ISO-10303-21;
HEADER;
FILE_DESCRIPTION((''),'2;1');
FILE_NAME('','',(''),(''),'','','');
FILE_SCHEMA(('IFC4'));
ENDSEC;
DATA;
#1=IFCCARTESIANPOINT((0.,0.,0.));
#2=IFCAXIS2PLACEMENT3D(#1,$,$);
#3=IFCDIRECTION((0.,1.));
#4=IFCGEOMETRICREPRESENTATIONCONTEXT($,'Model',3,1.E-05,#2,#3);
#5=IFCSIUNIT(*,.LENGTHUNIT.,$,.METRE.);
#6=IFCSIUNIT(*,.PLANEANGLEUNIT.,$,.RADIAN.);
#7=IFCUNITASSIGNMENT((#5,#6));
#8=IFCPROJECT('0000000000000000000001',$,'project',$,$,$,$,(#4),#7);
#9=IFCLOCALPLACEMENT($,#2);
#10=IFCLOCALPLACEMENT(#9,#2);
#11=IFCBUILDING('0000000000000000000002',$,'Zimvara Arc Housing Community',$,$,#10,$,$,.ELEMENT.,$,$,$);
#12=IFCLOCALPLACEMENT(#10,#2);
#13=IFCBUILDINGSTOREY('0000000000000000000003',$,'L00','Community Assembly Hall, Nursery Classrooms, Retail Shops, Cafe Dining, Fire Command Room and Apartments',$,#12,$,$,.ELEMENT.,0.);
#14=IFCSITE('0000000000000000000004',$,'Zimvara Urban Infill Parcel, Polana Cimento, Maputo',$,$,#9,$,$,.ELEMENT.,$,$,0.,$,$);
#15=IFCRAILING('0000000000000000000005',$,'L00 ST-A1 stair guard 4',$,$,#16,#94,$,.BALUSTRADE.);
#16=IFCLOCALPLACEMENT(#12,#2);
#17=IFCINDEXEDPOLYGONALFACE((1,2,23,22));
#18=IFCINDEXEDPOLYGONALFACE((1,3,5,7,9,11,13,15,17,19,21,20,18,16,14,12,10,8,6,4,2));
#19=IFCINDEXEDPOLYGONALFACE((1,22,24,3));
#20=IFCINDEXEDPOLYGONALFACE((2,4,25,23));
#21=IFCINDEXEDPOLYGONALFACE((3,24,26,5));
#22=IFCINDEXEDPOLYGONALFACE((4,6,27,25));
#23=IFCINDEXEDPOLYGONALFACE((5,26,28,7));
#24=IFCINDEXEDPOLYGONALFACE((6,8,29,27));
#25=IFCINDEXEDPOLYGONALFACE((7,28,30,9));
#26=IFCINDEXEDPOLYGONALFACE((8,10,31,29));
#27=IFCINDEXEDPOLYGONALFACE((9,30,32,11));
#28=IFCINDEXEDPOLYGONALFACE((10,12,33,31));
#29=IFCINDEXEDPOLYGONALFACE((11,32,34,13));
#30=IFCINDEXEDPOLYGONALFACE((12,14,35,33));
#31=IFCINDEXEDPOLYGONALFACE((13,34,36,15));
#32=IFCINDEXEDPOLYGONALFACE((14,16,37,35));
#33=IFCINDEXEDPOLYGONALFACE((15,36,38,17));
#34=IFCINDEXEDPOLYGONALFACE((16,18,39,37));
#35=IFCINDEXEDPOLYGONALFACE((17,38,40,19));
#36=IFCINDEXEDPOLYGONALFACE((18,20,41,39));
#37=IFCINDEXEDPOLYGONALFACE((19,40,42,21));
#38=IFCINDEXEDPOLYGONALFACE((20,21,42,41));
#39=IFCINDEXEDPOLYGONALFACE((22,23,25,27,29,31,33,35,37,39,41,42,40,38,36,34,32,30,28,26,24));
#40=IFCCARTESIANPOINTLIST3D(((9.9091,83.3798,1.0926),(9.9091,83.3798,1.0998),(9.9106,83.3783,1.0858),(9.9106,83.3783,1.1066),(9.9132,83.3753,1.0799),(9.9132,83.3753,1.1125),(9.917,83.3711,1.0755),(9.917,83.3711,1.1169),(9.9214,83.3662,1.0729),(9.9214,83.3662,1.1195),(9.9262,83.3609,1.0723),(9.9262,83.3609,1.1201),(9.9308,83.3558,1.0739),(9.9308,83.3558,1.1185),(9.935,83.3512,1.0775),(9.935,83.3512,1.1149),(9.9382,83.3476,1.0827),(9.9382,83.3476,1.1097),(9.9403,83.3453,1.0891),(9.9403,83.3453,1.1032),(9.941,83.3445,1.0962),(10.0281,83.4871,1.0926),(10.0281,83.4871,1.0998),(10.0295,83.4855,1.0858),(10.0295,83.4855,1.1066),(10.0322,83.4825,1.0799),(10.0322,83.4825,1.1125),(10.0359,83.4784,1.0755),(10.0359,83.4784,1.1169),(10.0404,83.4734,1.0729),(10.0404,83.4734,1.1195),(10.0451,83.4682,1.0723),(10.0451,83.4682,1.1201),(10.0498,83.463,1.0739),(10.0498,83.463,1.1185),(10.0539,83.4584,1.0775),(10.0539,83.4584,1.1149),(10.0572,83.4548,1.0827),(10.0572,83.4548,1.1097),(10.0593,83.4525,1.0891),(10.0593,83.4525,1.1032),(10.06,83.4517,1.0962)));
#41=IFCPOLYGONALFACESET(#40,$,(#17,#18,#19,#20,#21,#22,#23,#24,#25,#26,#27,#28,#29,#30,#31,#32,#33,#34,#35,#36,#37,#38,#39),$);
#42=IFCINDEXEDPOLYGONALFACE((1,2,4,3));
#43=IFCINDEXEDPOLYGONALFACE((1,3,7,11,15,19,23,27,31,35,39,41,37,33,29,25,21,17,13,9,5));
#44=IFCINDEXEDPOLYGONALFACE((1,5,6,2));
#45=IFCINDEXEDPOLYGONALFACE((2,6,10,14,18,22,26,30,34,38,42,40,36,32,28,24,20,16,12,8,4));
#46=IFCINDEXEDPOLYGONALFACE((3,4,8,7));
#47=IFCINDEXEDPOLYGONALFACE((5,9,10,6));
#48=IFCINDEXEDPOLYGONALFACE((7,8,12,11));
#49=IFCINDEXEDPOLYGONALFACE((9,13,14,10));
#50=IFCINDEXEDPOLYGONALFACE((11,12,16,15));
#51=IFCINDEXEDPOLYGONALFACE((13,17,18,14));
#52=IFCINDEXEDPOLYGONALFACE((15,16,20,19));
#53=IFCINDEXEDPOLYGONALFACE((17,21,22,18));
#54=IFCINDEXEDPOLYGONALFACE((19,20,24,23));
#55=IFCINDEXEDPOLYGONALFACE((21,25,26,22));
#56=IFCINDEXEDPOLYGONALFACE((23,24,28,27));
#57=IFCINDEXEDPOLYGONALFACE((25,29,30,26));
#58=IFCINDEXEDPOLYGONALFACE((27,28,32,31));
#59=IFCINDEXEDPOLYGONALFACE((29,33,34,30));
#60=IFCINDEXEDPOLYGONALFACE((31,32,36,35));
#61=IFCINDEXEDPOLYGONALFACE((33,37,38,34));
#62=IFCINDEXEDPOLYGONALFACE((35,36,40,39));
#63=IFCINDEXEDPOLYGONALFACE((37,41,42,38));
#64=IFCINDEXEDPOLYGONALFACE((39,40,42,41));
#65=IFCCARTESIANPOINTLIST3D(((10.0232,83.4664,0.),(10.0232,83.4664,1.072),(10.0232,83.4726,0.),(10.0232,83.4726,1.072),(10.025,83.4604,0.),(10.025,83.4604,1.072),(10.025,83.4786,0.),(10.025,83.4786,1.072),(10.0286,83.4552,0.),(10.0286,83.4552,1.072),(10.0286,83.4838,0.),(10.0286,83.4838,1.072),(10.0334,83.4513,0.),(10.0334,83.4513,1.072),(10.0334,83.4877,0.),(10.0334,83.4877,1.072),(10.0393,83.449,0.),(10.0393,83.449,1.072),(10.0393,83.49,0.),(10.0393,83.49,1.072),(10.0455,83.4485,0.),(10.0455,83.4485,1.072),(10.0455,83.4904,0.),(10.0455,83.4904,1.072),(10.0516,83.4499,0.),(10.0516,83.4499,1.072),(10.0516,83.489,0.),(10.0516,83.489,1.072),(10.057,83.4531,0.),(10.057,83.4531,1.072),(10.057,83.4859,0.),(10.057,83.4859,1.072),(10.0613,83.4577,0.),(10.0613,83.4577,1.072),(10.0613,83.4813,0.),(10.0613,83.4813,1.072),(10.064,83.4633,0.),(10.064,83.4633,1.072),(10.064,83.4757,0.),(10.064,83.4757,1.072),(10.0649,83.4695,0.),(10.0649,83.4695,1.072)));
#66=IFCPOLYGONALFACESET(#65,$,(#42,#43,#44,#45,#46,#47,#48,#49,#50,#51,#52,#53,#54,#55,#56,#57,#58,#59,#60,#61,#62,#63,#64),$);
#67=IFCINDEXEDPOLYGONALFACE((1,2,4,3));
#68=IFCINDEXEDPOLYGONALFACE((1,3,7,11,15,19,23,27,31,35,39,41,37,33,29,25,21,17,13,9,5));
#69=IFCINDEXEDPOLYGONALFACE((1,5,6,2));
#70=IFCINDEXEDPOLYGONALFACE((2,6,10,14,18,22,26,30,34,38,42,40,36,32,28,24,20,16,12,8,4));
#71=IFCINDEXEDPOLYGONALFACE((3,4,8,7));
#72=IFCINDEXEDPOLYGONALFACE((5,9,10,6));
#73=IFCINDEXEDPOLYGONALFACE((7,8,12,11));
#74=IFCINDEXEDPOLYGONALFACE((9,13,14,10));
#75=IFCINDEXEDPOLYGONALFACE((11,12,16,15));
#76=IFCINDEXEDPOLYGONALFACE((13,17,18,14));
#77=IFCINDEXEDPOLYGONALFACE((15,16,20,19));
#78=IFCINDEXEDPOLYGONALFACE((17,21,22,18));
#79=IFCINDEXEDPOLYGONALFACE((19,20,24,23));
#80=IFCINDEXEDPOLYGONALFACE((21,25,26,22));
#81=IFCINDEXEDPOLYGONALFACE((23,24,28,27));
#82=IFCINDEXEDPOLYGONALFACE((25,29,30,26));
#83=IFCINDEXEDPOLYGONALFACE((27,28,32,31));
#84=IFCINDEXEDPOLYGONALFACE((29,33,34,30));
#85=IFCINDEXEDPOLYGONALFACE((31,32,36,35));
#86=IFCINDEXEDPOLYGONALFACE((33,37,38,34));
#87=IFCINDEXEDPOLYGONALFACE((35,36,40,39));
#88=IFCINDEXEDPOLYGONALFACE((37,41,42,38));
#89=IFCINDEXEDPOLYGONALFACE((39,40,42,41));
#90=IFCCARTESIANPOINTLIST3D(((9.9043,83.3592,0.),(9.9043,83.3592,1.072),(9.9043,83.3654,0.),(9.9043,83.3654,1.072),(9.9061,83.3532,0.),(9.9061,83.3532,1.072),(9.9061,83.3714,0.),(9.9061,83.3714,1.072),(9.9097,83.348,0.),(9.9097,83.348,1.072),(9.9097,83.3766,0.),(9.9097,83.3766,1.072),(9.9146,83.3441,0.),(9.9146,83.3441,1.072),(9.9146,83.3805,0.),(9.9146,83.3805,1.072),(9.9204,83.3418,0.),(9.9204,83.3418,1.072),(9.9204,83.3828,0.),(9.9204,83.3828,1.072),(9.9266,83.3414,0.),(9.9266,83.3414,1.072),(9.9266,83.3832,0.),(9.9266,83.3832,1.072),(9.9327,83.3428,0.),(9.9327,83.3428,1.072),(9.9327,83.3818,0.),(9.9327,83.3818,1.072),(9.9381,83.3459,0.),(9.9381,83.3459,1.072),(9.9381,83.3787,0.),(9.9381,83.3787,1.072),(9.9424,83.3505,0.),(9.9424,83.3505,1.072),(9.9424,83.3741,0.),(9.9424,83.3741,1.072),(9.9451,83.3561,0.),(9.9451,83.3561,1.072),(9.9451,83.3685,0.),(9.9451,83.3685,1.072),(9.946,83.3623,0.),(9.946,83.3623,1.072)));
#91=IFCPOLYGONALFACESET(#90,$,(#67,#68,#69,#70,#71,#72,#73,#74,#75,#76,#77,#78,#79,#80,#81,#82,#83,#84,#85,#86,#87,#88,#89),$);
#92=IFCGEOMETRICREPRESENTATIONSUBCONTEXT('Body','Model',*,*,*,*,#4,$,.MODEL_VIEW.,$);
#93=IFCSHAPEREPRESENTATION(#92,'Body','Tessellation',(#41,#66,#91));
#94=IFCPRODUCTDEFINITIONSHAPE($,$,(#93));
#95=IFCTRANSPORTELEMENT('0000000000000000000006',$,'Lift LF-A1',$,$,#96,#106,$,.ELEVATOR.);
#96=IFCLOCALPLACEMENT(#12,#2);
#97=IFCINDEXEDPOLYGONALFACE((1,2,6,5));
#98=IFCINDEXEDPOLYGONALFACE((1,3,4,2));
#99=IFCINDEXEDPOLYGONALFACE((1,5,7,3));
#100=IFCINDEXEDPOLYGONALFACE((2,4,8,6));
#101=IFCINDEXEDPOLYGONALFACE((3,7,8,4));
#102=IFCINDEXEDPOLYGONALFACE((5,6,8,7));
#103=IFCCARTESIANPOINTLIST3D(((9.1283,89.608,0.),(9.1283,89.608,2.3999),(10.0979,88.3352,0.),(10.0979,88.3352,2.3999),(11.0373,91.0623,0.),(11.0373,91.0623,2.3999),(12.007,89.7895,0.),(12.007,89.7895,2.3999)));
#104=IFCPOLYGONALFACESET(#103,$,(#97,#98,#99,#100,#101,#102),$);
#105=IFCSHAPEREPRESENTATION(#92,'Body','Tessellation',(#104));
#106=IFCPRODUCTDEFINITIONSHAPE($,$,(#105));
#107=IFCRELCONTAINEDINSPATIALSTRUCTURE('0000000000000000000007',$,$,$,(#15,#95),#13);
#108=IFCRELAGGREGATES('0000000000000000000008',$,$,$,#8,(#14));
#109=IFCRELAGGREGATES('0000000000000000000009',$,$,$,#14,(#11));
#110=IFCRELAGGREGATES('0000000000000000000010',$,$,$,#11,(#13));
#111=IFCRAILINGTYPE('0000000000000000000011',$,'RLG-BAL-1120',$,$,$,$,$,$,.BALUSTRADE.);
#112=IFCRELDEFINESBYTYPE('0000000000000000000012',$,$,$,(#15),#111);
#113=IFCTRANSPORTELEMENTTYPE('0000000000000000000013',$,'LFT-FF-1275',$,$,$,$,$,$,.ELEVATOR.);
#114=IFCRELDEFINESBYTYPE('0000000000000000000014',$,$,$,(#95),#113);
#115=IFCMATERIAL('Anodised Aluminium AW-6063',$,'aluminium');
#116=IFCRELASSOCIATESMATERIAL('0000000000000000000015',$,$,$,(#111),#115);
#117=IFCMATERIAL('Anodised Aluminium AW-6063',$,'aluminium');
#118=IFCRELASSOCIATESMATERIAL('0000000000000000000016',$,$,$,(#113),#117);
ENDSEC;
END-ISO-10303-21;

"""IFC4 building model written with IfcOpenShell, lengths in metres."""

from ifc_helpers import new_model, si_unit, direction, frame, origin, origin_2d, place, context, subcontext, project, spatial, rectangle, circle, extrude, material, type_object, element, save


model = new_model("IFC4")

# Units and contexts
model_context = context("Model", 3, precision=1e-05, world=origin(), true_north=direction((0.0, 1.0)))
body_context = subcontext(model_context, "Body", "Model", "MODEL_VIEW")
ifc_project = project(units=[si_unit("LENGTHUNIT", "METRE"), si_unit("PLANEANGLEUNIT", "RADIAN")], contexts=[model_context])

# Site, building, storey
site_placement = place(None, origin())
site = spatial("IfcSite", under=ifc_project, at=site_placement, Name="Zimvara Urban Infill Parcel, Polana Cimento, Maputo", CompositionType="ELEMENT", RefElevation=0.0)
building_placement = place(site_placement, origin())
building = spatial("IfcBuilding", under=site, at=building_placement, Name="Zimvara Arc Housing Community", CompositionType="ELEMENT")
storey_placement = place(building_placement, origin())
storey = spatial("IfcBuildingStorey", under=building, at=storey_placement, Name="L00", Description="Community Assembly Hall, Nursery Classrooms, Retail Shops, Cafe Dining, Fire Command Room and Apartments", CompositionType="ELEMENT", Elevation=0.0)

# Railing
ifc_material_1 = material(Name="Anodised Aluminium AW-6063", Category="aluminium")
railing_type_1 = type_object("IfcRailingType", Name="RLG-BAL-1120", PredefinedType="BALUSTRADE", material=ifc_material_1)
railing_1_placement = place(storey_placement, frame((10.0439, 83.4695, 0.0)))
element("IfcRailing", 1, at=railing_1_placement, inside=storey, type_object=railing_type_1, Name="L00 ST-A1 stair guard 4", PredefinedType="BALUSTRADE", context=body_context, shape_type="SweptSolid", body=[
    extrude(circle(Radius=0.0239, at=origin_2d()), frame((0.0, 0.0, 1.0962), z_axis=(-0.742763, -0.669554, 0.0), x_axis=(0.669554, -0.742763, 0.0)), (0.0, 0.0, 1.0), 0.1602),
    extrude(circle(Radius=0.021, at=origin_2d()), origin(), (0.0, 0.0, 1.0), 1.072),
    extrude(circle(Radius=0.021, at=origin_2d()), frame((-0.1189, -0.1072, 0.0)), (0.0, 0.0, 1.0), 1.072),
])

# Transport element
ifc_material_2 = material(Name="Anodised Aluminium AW-6063", Category="aluminium")
transport_element_type = type_object("IfcTransportElementType", Name="LFT-FF-1275", PredefinedType="ELEVATOR", material=ifc_material_2)
transport_element_placement = place(storey_placement, frame((10.5676, 89.6987, 0.0), z_axis=(0.0, 0.0, 1.0), x_axis=(-0.605988, 0.795473, 0.0)))
element("IfcTransportElement", 2, at=transport_element_placement, inside=storey, type_object=transport_element_type, Name="Lift LF-A1", PredefinedType="ELEVATOR", context=body_context, shape_type="SweptSolid", body=[
    extrude(rectangle(XDim=1.6001, YDim=2.3999, at=origin_2d()), origin(), (0.0, 0.0, 1.0), 2.3999),
])

save(model, "model.ifc")
